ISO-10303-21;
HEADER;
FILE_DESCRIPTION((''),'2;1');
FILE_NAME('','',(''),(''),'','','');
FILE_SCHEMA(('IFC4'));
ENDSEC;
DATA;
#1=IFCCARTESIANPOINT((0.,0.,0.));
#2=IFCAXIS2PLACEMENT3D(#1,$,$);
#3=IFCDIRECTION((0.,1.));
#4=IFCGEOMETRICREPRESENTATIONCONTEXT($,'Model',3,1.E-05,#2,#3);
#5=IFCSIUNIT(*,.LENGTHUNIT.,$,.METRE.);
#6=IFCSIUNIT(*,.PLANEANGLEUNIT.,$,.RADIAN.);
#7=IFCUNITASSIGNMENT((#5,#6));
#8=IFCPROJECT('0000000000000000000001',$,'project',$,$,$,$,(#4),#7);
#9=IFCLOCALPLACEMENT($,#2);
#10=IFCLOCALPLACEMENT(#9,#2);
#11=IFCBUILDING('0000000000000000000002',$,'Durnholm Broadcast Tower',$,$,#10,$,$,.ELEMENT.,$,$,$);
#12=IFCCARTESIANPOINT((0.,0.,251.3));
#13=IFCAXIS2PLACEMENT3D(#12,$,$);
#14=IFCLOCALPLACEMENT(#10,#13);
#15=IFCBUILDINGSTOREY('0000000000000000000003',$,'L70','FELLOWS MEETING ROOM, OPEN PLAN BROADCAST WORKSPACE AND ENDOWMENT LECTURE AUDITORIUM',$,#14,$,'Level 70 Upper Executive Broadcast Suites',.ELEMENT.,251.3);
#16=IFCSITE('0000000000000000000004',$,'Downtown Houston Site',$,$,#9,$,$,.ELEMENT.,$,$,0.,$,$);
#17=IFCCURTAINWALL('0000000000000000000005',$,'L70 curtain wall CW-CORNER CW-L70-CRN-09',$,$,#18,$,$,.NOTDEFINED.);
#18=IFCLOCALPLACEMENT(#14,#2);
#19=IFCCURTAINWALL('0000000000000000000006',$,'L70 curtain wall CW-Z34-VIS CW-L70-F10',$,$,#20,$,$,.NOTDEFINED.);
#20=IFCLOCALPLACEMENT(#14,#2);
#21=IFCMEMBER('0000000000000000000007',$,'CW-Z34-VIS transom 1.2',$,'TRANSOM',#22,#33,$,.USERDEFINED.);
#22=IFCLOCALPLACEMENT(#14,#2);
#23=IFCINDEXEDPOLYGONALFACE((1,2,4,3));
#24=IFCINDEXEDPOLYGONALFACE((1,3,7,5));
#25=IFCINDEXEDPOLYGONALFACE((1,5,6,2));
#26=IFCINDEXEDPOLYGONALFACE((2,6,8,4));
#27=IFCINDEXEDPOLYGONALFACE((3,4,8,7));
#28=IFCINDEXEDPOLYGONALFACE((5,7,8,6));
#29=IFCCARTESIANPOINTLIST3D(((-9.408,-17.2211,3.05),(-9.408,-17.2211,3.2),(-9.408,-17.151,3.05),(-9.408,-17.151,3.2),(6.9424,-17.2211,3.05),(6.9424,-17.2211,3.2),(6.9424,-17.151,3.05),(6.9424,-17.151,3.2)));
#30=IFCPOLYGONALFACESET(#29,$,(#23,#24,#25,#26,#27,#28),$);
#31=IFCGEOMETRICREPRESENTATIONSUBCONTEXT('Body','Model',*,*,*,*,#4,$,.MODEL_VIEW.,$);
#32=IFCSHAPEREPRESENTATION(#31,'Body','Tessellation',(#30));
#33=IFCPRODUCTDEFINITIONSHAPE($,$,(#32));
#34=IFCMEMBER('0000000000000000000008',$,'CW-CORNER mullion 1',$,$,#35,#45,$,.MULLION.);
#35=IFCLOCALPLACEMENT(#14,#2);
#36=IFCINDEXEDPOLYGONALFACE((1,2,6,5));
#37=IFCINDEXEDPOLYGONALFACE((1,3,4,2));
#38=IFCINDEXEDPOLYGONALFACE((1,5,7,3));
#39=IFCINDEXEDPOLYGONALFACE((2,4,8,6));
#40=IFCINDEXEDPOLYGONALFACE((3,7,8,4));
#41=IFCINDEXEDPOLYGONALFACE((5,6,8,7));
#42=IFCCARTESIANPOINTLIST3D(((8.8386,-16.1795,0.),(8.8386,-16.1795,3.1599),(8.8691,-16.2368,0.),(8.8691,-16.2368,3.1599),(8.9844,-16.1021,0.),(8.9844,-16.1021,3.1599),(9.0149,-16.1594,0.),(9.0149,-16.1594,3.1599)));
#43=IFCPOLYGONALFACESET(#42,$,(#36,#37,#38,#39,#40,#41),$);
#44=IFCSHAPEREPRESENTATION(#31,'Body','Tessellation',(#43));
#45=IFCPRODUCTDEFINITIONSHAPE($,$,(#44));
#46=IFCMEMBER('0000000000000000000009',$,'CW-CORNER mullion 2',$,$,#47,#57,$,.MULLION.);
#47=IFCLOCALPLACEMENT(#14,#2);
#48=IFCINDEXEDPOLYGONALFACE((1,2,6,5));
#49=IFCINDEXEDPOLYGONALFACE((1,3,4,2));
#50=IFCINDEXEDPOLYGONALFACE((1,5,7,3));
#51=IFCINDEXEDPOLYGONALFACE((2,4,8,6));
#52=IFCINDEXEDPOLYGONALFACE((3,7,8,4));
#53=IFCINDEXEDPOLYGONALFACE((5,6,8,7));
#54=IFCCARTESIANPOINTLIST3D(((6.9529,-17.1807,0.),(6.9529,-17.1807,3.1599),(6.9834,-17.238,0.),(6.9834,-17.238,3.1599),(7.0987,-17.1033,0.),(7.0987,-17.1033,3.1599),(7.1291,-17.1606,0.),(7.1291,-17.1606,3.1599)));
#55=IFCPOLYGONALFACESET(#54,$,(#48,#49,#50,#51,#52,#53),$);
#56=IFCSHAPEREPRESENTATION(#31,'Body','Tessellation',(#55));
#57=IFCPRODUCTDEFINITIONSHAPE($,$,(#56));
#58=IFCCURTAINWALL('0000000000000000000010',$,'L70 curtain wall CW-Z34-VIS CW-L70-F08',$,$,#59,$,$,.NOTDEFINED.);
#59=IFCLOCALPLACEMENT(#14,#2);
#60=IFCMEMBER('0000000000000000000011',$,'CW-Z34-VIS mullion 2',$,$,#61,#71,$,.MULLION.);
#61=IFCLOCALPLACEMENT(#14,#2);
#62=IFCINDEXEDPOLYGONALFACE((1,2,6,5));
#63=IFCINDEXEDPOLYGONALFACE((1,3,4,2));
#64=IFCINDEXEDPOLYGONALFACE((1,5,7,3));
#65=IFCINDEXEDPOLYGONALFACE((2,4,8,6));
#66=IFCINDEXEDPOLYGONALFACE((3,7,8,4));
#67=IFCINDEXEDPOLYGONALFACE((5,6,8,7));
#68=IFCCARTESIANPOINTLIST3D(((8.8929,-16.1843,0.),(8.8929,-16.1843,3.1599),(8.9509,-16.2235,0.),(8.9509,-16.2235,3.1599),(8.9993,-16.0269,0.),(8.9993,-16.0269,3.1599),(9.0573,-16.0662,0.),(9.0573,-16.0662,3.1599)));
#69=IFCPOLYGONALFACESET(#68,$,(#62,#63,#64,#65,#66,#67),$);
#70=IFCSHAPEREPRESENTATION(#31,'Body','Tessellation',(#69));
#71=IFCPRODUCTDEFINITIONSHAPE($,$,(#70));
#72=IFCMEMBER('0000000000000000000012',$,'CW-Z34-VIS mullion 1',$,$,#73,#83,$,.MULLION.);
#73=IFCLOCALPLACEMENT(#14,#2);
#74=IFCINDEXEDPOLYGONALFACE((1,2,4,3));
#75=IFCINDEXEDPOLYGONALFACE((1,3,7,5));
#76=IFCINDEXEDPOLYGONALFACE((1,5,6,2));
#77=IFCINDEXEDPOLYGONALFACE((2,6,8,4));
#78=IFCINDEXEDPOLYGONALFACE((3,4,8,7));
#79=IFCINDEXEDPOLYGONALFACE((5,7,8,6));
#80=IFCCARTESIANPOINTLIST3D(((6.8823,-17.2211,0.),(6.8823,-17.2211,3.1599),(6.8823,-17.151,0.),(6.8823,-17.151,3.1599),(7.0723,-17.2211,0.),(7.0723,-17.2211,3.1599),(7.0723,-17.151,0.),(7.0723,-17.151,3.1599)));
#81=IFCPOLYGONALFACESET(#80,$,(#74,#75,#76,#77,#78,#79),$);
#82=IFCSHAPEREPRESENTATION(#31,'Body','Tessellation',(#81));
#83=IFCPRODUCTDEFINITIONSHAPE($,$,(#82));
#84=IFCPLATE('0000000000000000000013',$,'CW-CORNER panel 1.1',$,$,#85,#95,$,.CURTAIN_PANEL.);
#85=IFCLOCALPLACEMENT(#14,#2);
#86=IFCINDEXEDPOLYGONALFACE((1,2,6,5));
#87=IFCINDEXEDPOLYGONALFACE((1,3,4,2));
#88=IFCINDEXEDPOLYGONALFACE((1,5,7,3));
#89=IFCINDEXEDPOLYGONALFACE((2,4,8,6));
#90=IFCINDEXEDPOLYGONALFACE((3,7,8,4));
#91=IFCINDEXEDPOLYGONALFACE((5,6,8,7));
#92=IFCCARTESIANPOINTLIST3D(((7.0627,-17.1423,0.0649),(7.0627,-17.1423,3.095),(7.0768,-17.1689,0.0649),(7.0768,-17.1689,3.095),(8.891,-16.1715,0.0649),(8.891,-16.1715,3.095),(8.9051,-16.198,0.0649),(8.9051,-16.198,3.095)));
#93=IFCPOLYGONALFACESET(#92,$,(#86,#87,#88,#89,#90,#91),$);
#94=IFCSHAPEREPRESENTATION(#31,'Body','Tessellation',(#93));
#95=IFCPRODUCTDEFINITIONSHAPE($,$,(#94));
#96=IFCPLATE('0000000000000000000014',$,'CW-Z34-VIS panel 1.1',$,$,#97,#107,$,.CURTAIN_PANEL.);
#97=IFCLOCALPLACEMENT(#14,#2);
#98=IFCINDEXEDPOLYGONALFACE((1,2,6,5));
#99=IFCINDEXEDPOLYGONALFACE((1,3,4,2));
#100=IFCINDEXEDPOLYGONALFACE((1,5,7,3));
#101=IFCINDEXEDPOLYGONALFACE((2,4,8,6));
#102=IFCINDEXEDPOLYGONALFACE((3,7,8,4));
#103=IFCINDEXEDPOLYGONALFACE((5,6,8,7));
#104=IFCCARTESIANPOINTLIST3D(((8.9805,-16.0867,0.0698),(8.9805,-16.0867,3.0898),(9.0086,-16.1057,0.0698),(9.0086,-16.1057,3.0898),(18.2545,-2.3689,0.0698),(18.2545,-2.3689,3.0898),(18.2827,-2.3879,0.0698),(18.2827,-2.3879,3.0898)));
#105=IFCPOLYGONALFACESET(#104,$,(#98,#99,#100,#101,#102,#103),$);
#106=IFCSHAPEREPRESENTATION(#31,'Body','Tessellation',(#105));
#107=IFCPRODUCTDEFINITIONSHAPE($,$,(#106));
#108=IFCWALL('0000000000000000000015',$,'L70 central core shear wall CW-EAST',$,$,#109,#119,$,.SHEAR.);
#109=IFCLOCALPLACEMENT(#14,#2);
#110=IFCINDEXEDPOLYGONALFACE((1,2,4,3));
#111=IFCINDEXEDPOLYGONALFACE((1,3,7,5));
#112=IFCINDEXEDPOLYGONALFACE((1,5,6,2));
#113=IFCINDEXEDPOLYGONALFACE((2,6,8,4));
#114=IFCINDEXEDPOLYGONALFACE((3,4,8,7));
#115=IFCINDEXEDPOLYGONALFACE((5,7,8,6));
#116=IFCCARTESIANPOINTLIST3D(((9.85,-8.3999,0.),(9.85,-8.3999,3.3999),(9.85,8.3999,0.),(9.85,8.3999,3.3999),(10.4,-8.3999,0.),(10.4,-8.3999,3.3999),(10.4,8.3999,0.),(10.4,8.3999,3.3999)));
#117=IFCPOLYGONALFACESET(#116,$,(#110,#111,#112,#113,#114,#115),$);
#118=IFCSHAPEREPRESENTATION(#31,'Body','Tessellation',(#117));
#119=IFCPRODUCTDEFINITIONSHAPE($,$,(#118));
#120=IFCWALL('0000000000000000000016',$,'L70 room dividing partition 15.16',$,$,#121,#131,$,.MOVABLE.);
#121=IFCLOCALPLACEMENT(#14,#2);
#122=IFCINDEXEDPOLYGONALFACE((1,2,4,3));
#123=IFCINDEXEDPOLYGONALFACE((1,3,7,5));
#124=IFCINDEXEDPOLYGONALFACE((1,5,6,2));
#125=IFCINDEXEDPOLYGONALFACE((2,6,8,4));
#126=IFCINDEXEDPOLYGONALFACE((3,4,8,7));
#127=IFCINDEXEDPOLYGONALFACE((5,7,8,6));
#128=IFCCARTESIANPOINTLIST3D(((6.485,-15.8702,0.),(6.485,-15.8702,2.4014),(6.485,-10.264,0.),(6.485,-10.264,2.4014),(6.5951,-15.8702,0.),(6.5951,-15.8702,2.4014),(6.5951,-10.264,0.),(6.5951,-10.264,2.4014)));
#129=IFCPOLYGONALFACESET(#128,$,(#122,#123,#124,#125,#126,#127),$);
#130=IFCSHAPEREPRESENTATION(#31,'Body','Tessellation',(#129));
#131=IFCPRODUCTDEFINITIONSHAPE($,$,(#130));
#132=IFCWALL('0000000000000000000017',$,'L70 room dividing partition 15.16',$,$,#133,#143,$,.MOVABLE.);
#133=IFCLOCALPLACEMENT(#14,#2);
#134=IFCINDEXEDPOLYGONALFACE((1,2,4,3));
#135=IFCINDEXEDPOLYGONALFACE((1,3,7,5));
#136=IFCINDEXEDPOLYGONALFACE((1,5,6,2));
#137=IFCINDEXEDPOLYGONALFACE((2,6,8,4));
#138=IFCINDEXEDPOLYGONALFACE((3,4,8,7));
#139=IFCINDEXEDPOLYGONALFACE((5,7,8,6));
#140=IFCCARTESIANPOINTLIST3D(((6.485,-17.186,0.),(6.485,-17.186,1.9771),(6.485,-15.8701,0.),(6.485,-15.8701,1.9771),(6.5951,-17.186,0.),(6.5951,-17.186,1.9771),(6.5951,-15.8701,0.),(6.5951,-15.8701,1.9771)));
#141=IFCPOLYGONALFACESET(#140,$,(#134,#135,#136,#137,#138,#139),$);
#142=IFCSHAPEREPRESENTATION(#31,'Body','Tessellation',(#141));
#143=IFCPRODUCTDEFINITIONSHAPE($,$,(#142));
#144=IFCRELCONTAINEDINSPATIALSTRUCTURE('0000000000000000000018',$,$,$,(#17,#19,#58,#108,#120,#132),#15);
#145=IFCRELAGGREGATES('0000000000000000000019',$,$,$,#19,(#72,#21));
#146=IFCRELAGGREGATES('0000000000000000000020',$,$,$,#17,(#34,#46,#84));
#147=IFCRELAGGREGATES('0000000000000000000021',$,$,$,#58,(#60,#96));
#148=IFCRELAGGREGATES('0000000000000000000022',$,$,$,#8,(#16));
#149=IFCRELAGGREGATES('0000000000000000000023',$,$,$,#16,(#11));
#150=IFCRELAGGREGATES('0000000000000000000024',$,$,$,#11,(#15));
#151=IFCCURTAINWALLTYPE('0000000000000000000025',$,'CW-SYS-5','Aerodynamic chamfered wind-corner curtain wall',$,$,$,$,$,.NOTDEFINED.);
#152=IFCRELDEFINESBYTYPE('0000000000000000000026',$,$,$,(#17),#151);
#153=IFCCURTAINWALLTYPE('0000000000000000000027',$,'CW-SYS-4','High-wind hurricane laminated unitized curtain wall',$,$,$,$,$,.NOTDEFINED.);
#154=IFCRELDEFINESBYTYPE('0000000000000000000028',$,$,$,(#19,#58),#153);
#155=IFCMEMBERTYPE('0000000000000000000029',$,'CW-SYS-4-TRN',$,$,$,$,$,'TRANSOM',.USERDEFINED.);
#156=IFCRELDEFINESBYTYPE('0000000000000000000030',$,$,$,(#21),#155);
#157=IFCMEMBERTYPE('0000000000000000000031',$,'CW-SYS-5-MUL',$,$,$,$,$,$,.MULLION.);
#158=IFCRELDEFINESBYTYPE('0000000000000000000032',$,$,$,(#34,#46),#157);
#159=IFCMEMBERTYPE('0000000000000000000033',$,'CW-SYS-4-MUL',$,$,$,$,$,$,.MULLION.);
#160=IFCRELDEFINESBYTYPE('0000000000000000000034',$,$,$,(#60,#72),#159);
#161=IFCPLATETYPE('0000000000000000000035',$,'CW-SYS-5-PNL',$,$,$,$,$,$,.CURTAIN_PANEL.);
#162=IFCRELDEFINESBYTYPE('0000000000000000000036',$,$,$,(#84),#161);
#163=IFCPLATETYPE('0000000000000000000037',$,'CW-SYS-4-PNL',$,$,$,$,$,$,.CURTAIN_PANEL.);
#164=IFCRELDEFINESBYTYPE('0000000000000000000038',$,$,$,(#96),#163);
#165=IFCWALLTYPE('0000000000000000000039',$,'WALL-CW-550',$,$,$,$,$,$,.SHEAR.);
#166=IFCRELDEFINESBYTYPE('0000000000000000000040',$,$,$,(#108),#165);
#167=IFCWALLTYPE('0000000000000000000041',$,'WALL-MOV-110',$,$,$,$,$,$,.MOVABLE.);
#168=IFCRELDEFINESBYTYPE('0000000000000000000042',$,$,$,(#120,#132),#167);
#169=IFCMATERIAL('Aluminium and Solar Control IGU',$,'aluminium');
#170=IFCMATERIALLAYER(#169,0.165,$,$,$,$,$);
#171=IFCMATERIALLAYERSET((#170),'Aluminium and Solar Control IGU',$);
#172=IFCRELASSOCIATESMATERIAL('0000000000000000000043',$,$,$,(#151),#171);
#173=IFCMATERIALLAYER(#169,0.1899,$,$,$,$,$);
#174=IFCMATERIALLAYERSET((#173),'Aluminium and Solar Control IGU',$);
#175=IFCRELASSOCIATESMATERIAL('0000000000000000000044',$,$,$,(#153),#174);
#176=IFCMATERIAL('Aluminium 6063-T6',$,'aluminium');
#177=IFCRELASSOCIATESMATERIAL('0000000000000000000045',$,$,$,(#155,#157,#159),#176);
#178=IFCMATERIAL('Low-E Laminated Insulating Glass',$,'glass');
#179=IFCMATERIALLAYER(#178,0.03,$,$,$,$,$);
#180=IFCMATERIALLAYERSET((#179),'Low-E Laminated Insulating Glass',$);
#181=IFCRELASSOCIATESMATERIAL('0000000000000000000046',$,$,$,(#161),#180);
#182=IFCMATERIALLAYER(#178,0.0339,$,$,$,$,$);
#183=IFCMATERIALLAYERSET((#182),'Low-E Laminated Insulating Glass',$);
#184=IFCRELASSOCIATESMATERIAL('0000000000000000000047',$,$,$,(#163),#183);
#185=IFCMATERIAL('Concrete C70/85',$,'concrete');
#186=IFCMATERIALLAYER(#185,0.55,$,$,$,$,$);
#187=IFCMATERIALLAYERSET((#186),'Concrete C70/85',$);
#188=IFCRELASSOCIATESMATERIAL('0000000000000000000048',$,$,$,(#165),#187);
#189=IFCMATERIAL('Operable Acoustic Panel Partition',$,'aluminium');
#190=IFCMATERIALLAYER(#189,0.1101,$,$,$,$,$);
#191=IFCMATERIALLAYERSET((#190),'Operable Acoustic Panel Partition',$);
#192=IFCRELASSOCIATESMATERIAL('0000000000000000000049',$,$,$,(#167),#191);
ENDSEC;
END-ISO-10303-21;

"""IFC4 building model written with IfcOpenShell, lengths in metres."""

from ifc_helpers import new_model, si_unit, direction, frame, frame_2d, origin, origin_2d, place, context, subcontext, project, spatial, rectangle, extrude, source, transform, mapped, material, layer, layer_set, material_profile, profile_set, type_object, type_shapes, element, aggregate, save


model = new_model("IFC4")

# Units and contexts
model_context = context("Model", 3, precision=1e-05, world=origin(), true_north=direction((0.0, 1.0)))
body_context = subcontext(model_context, "Body", "Model", "MODEL_VIEW")
ifc_project = project(units=[si_unit("LENGTHUNIT", "METRE"), si_unit("PLANEANGLEUNIT", "RADIAN")], contexts=[model_context])

# Site, building, storey
site_placement = place(None, origin())
site = spatial("IfcSite", under=ifc_project, at=site_placement, Name="Downtown Houston Site", CompositionType="ELEMENT", RefElevation=0.0)
building_placement = place(site_placement, origin())
building = spatial("IfcBuilding", under=site, at=building_placement, Name="Durnholm Broadcast Tower", CompositionType="ELEMENT")
storey_placement = place(building_placement, frame((0.0, 0.0, 251.3)))
storey = spatial("IfcBuildingStorey", under=building, at=storey_placement, Name="L70", Description="FELLOWS MEETING ROOM, OPEN PLAN BROADCAST WORKSPACE AND ENDOWMENT LECTURE AUDITORIUM", LongName="Level 70 Upper Executive Broadcast Suites", CompositionType="ELEMENT", Elevation=251.3)

# Shared definitions
ifc_material_1 = material(Name="Concrete C70/85", Category="concrete")

# Curtain walls, member
ifc_material_2 = material(Name="Aluminium and Solar Control IGU", Category="aluminium")
ifc_layer_1 = layer(ifc_material_2, 0.165)
ifc_layer_set_1 = layer_set([ifc_layer_1], Name="Aluminium and Solar Control IGU")
curtain_wall_type_1 = type_object("IfcCurtainWallType", Name="CW-SYS-5", Description="Aerodynamic chamfered wind-corner curtain wall", PredefinedType="NOTDEFINED", material=ifc_layer_set_1)
curtain_wall_1_placement = place(storey_placement, origin())
curtain_wall_1 = element("IfcCurtainWall", 1, at=curtain_wall_1_placement, inside=storey, type_object=curtain_wall_type_1, Name="L70 curtain wall CW-CORNER CW-L70-CRN-09", PredefinedType="NOTDEFINED")
ifc_material_3 = material(Name="Aluminium 6063-T6", Category="aluminium")
ifc_layer_2 = layer(ifc_material_2, 0.1899)
ifc_layer_set_2 = layer_set([ifc_layer_2], Name="Aluminium and Solar Control IGU")
curtain_wall_type_2 = type_object("IfcCurtainWallType", Name="CW-SYS-4", Description="High-wind hurricane laminated unitized curtain wall", PredefinedType="NOTDEFINED", material=ifc_layer_set_2)
curtain_wall_2_placement = place(storey_placement, origin())
curtain_wall_2 = element("IfcCurtainWall", 2, at=curtain_wall_2_placement, inside=storey, type_object=curtain_wall_type_2, Name="L70 curtain wall CW-Z34-VIS CW-L70-F10", PredefinedType="NOTDEFINED")
ifc_material_profile_1 = material_profile(ifc_material_3, rectangle(XDim=0.0701, YDim=0.1499, at=origin_2d()), Name="CWT70X150")
ifc_profile_set_1 = profile_set([ifc_material_profile_1], Name="Aluminium 6063-T6")
member_type_1 = type_object("IfcMemberType", Name="CW-SYS-4-TRN", ElementType="TRANSOM", PredefinedType="USERDEFINED", material=ifc_profile_set_1)
shared_shape_1 = source(origin(), body_context, "Body", "SweptSolid", [
    extrude(rectangle(XDim=0.0701, YDim=0.1499, at=origin_2d()), origin(), (0.0, 0.0, 1.0), 16.3503),
])
type_shapes(member_type_1, [shared_shape_1])
member_1_placement = place(storey_placement, frame((6.9424, -17.186, 3.125), z_axis=(-1.0, 0.0, 0.0), x_axis=(0.0, -1.0, 0.0)))
member_1 = element("IfcMember", 3, at=member_1_placement, type_object=member_type_1, Name="CW-Z34-VIS transom 1.2", ObjectType="TRANSOM", PredefinedType="USERDEFINED", context=body_context, shape_type="MappedRepresentation", body=[
    mapped(shared_shape_1, transform((0.0, 0.0, 0.0), x_axis=(1.0, 0.0, 0.0), y_axis=(0.0, 1.0, 0.0), z_axis=(0.0, 0.0, 1.0), scale=1.0)),
])

# Members
ifc_material_profile_2 = material_profile(ifc_material_3, rectangle(XDim=0.0649, YDim=0.165, at=origin_2d()), Name="CWM65X165")
ifc_profile_set_2 = profile_set([ifc_material_profile_2], Name="Aluminium 6063-T6")
member_type_2 = type_object("IfcMemberType", Name="CW-SYS-5-MUL", PredefinedType="MULLION", material=ifc_profile_set_2)
shared_shape_2 = source(origin(), body_context, "Body", "SweptSolid", [
    extrude(rectangle(XDim=0.0649, YDim=0.165, at=origin_2d()), origin(), (0.0, 0.0, 1.0), 3.1599),
])
type_shapes(member_type_2, [shared_shape_2])
member_2_placement = place(storey_placement, frame((8.9268, -16.1694, 0.0), z_axis=(0.0, 0.0, 1.0), x_axis=(0.469007, -0.883195, 0.0)))
member_2 = element("IfcMember", 4, at=member_2_placement, type_object=member_type_2, Name="CW-CORNER mullion 1", PredefinedType="MULLION", context=body_context, shape_type="MappedRepresentation", body=[
    mapped(shared_shape_2, transform((0.0, 0.0, 0.0), x_axis=(1.0, 0.0, 0.0), y_axis=(0.0, 1.0, 0.0), z_axis=(0.0, 0.0, 1.0), scale=1.0)),
])
member_3_placement = place(storey_placement, frame((7.041, -17.1707, 0.0), z_axis=(0.0, 0.0, 1.0), x_axis=(0.469007, -0.883195, 0.0)))
member_3 = element("IfcMember", 5, at=member_3_placement, type_object=member_type_2, Name="CW-CORNER mullion 2", PredefinedType="MULLION", context=body_context, shape_type="MappedRepresentation", body=[
    mapped(shared_shape_2, transform((0.0, 0.0, 0.0), x_axis=(1.0, 0.0, 0.0), y_axis=(0.0, 1.0, 0.0), z_axis=(0.0, 0.0, 1.0), scale=1.0)),
])

# Curtain wall, member
curtain_wall_3_placement = place(storey_placement, origin())
curtain_wall_3 = element("IfcCurtainWall", 6, at=curtain_wall_3_placement, inside=storey, type_object=curtain_wall_type_2, Name="L70 curtain wall CW-Z34-VIS CW-L70-F08", PredefinedType="NOTDEFINED")
ifc_material_profile_3 = material_profile(ifc_material_3, rectangle(XDim=0.0701, YDim=0.1899, at=origin_2d()), Name="CWM70X190")
ifc_profile_set_3 = profile_set([ifc_material_profile_3], Name="Aluminium 6063-T6")
member_type_3 = type_object("IfcMemberType", Name="CW-SYS-4-MUL", PredefinedType="MULLION", material=ifc_profile_set_3)
shared_shape_3 = source(origin(), body_context, "Body", "SweptSolid", [
    extrude(rectangle(XDim=0.0701, YDim=0.1899, at=origin_2d()), origin(), (0.0, 0.0, 1.0), 3.1599),
])
type_shapes(member_type_3, [shared_shape_3])
member_4_placement = place(storey_placement, frame((8.9751, -16.1252, 0.0), z_axis=(0.0, 0.0, 1.0), x_axis=(0.828443, -0.560073, 0.0)))
member_4 = element("IfcMember", 7, at=member_4_placement, type_object=member_type_3, Name="CW-Z34-VIS mullion 2", PredefinedType="MULLION", context=body_context, shape_type="MappedRepresentation", body=[
    mapped(shared_shape_3, transform((0.0, 0.0, 0.0), x_axis=(1.0, 0.0, 0.0), y_axis=(0.0, 1.0, 0.0), z_axis=(0.0, 0.0, 1.0), scale=1.0)),
])

# Member
member_5_placement = place(storey_placement, frame((6.9773, -17.186, 0.0), z_axis=(0.0, 0.0, 1.0), x_axis=(0.0, -1.0, 0.0)))
member_5 = element("IfcMember", 8, at=member_5_placement, type_object=member_type_3, Name="CW-Z34-VIS mullion 1", PredefinedType="MULLION", context=body_context, shape_type="MappedRepresentation", body=[
    mapped(shared_shape_3, transform((0.0, 0.0, 0.0), x_axis=(1.0, 0.0, 0.0), y_axis=(0.0, 1.0, 0.0), z_axis=(0.0, 0.0, 1.0), scale=1.0)),
])
aggregate(curtain_wall_2, [member_5, member_1])

# Plates
ifc_material_4 = material(Name="Low-E Laminated Insulating Glass", Category="glass")
ifc_layer_3 = layer(ifc_material_4, 0.03)
ifc_layer_set_3 = layer_set([ifc_layer_3], Name="Low-E Laminated Insulating Glass")
plate_type_1 = type_object("IfcPlateType", Name="CW-SYS-5-PNL", PredefinedType="CURTAIN_PANEL", material=ifc_layer_set_3)
shared_shape_4 = source(origin(), body_context, "Body", "SweptSolid", [
    extrude(rectangle(XDim=2.0701, YDim=0.03, at=origin_2d()), origin(), (0.0, 0.0, 1.0), 3.03),
])
type_shapes(plate_type_1, [shared_shape_4])
plate_1_placement = place(storey_placement, frame((7.9839, -16.6702, 0.0649), z_axis=(0.0, 0.0, 1.0), x_axis=(-0.883195, -0.469007, 0.0)))
plate_1 = element("IfcPlate", 9, at=plate_1_placement, type_object=plate_type_1, Name="CW-CORNER panel 1.1", PredefinedType="CURTAIN_PANEL", context=body_context, shape_type="MappedRepresentation", body=[
    mapped(shared_shape_4, transform((0.0, 0.0, 0.0), x_axis=(1.0, 0.0, 0.0), y_axis=(0.0, 1.0, 0.0), z_axis=(0.0, 0.0, 1.0), scale=1.0)),
])
aggregate(curtain_wall_1, [member_2, member_3, plate_1])
ifc_layer_4 = layer(ifc_material_4, 0.0339)
ifc_layer_set_4 = layer_set([ifc_layer_4], Name="Low-E Laminated Insulating Glass")
plate_type_2 = type_object("IfcPlateType", Name="CW-SYS-4-PNL", PredefinedType="CURTAIN_PANEL", material=ifc_layer_set_4)
shared_shape_5 = source(origin(), body_context, "Body", "SweptSolid", [
    extrude(rectangle(XDim=16.5586, YDim=0.0339, at=origin_2d()), origin(), (0.0, 0.0, 1.0), 3.02),
])
type_shapes(plate_type_2, [shared_shape_5])
plate_2_placement = place(storey_placement, frame((13.6316, -9.2373, 0.0698), z_axis=(0.0, 0.0, 1.0), x_axis=(-0.560073, -0.828443, 0.0)))
plate_2 = element("IfcPlate", 10, at=plate_2_placement, type_object=plate_type_2, Name="CW-Z34-VIS panel 1.1", PredefinedType="CURTAIN_PANEL", context=body_context, shape_type="MappedRepresentation", body=[
    mapped(shared_shape_5, transform((0.0, 0.0, 0.0), x_axis=(1.0, 0.0, 0.0), y_axis=(0.0, 1.0, 0.0), z_axis=(0.0, 0.0, 1.0), scale=1.0)),
])
aggregate(curtain_wall_3, [member_4, plate_2])

# Walls
ifc_layer_5 = layer(ifc_material_1, 0.55)
ifc_layer_set_5 = layer_set([ifc_layer_5], Name="Concrete C70/85")
wall_type_1 = type_object("IfcWallType", Name="WALL-CW-550", PredefinedType="SHEAR", material=ifc_layer_set_5)
wall_1_placement = place(storey_placement, frame((10.125, -8.3999, 0.0), z_axis=(0.0, 0.0, 1.0), x_axis=(0.0, 1.0, 0.0)))
element("IfcWall", 11, at=wall_1_placement, inside=storey, type_object=wall_type_1, Name="L70 central core shear wall CW-EAST", PredefinedType="SHEAR", context=body_context, shape_type="SweptSolid", body=[
    extrude(rectangle(XDim=16.7998, YDim=0.55, at=frame_2d((8.3999, 0.0))), origin(), (0.0, 0.0, 1.0), 3.3999),
])
ifc_material_5 = material(Name="Operable Acoustic Panel Partition", Category="aluminium")
ifc_layer_6 = layer(ifc_material_5, 0.1101)
ifc_layer_set_6 = layer_set([ifc_layer_6], Name="Operable Acoustic Panel Partition")
wall_type_2 = type_object("IfcWallType", Name="WALL-MOV-110", PredefinedType="MOVABLE", material=ifc_layer_set_6)
wall_2_placement = place(storey_placement, frame((6.54, -10.2639, 0.0), z_axis=(0.0, 0.0, 1.0), x_axis=(0.0, -1.0, 0.0)))
element("IfcWall", 12, at=wall_2_placement, inside=storey, type_object=wall_type_2, Name="L70 room dividing partition 15.16", PredefinedType="MOVABLE", context=body_context, shape_type="SweptSolid", body=[
    extrude(rectangle(XDim=5.6062, YDim=0.1101, at=frame_2d((2.8032, 0.0))), origin(), (0.0, 0.0, 1.0), 2.4014),
])
wall_3_placement = place(storey_placement, frame((6.54, -15.8701, 0.0), z_axis=(0.0, 0.0, 1.0), x_axis=(0.0, -1.0, 0.0)))
element("IfcWall", 13, at=wall_3_placement, inside=storey, type_object=wall_type_2, Name="L70 room dividing partition 15.16", PredefinedType="MOVABLE", context=body_context, shape_type="SweptSolid", body=[
    extrude(rectangle(XDim=1.3159, YDim=0.1101, at=frame_2d((0.658, 0.0))), origin(), (0.0, 0.0, 1.0), 1.9771),
])

save(model, "model.ifc")
